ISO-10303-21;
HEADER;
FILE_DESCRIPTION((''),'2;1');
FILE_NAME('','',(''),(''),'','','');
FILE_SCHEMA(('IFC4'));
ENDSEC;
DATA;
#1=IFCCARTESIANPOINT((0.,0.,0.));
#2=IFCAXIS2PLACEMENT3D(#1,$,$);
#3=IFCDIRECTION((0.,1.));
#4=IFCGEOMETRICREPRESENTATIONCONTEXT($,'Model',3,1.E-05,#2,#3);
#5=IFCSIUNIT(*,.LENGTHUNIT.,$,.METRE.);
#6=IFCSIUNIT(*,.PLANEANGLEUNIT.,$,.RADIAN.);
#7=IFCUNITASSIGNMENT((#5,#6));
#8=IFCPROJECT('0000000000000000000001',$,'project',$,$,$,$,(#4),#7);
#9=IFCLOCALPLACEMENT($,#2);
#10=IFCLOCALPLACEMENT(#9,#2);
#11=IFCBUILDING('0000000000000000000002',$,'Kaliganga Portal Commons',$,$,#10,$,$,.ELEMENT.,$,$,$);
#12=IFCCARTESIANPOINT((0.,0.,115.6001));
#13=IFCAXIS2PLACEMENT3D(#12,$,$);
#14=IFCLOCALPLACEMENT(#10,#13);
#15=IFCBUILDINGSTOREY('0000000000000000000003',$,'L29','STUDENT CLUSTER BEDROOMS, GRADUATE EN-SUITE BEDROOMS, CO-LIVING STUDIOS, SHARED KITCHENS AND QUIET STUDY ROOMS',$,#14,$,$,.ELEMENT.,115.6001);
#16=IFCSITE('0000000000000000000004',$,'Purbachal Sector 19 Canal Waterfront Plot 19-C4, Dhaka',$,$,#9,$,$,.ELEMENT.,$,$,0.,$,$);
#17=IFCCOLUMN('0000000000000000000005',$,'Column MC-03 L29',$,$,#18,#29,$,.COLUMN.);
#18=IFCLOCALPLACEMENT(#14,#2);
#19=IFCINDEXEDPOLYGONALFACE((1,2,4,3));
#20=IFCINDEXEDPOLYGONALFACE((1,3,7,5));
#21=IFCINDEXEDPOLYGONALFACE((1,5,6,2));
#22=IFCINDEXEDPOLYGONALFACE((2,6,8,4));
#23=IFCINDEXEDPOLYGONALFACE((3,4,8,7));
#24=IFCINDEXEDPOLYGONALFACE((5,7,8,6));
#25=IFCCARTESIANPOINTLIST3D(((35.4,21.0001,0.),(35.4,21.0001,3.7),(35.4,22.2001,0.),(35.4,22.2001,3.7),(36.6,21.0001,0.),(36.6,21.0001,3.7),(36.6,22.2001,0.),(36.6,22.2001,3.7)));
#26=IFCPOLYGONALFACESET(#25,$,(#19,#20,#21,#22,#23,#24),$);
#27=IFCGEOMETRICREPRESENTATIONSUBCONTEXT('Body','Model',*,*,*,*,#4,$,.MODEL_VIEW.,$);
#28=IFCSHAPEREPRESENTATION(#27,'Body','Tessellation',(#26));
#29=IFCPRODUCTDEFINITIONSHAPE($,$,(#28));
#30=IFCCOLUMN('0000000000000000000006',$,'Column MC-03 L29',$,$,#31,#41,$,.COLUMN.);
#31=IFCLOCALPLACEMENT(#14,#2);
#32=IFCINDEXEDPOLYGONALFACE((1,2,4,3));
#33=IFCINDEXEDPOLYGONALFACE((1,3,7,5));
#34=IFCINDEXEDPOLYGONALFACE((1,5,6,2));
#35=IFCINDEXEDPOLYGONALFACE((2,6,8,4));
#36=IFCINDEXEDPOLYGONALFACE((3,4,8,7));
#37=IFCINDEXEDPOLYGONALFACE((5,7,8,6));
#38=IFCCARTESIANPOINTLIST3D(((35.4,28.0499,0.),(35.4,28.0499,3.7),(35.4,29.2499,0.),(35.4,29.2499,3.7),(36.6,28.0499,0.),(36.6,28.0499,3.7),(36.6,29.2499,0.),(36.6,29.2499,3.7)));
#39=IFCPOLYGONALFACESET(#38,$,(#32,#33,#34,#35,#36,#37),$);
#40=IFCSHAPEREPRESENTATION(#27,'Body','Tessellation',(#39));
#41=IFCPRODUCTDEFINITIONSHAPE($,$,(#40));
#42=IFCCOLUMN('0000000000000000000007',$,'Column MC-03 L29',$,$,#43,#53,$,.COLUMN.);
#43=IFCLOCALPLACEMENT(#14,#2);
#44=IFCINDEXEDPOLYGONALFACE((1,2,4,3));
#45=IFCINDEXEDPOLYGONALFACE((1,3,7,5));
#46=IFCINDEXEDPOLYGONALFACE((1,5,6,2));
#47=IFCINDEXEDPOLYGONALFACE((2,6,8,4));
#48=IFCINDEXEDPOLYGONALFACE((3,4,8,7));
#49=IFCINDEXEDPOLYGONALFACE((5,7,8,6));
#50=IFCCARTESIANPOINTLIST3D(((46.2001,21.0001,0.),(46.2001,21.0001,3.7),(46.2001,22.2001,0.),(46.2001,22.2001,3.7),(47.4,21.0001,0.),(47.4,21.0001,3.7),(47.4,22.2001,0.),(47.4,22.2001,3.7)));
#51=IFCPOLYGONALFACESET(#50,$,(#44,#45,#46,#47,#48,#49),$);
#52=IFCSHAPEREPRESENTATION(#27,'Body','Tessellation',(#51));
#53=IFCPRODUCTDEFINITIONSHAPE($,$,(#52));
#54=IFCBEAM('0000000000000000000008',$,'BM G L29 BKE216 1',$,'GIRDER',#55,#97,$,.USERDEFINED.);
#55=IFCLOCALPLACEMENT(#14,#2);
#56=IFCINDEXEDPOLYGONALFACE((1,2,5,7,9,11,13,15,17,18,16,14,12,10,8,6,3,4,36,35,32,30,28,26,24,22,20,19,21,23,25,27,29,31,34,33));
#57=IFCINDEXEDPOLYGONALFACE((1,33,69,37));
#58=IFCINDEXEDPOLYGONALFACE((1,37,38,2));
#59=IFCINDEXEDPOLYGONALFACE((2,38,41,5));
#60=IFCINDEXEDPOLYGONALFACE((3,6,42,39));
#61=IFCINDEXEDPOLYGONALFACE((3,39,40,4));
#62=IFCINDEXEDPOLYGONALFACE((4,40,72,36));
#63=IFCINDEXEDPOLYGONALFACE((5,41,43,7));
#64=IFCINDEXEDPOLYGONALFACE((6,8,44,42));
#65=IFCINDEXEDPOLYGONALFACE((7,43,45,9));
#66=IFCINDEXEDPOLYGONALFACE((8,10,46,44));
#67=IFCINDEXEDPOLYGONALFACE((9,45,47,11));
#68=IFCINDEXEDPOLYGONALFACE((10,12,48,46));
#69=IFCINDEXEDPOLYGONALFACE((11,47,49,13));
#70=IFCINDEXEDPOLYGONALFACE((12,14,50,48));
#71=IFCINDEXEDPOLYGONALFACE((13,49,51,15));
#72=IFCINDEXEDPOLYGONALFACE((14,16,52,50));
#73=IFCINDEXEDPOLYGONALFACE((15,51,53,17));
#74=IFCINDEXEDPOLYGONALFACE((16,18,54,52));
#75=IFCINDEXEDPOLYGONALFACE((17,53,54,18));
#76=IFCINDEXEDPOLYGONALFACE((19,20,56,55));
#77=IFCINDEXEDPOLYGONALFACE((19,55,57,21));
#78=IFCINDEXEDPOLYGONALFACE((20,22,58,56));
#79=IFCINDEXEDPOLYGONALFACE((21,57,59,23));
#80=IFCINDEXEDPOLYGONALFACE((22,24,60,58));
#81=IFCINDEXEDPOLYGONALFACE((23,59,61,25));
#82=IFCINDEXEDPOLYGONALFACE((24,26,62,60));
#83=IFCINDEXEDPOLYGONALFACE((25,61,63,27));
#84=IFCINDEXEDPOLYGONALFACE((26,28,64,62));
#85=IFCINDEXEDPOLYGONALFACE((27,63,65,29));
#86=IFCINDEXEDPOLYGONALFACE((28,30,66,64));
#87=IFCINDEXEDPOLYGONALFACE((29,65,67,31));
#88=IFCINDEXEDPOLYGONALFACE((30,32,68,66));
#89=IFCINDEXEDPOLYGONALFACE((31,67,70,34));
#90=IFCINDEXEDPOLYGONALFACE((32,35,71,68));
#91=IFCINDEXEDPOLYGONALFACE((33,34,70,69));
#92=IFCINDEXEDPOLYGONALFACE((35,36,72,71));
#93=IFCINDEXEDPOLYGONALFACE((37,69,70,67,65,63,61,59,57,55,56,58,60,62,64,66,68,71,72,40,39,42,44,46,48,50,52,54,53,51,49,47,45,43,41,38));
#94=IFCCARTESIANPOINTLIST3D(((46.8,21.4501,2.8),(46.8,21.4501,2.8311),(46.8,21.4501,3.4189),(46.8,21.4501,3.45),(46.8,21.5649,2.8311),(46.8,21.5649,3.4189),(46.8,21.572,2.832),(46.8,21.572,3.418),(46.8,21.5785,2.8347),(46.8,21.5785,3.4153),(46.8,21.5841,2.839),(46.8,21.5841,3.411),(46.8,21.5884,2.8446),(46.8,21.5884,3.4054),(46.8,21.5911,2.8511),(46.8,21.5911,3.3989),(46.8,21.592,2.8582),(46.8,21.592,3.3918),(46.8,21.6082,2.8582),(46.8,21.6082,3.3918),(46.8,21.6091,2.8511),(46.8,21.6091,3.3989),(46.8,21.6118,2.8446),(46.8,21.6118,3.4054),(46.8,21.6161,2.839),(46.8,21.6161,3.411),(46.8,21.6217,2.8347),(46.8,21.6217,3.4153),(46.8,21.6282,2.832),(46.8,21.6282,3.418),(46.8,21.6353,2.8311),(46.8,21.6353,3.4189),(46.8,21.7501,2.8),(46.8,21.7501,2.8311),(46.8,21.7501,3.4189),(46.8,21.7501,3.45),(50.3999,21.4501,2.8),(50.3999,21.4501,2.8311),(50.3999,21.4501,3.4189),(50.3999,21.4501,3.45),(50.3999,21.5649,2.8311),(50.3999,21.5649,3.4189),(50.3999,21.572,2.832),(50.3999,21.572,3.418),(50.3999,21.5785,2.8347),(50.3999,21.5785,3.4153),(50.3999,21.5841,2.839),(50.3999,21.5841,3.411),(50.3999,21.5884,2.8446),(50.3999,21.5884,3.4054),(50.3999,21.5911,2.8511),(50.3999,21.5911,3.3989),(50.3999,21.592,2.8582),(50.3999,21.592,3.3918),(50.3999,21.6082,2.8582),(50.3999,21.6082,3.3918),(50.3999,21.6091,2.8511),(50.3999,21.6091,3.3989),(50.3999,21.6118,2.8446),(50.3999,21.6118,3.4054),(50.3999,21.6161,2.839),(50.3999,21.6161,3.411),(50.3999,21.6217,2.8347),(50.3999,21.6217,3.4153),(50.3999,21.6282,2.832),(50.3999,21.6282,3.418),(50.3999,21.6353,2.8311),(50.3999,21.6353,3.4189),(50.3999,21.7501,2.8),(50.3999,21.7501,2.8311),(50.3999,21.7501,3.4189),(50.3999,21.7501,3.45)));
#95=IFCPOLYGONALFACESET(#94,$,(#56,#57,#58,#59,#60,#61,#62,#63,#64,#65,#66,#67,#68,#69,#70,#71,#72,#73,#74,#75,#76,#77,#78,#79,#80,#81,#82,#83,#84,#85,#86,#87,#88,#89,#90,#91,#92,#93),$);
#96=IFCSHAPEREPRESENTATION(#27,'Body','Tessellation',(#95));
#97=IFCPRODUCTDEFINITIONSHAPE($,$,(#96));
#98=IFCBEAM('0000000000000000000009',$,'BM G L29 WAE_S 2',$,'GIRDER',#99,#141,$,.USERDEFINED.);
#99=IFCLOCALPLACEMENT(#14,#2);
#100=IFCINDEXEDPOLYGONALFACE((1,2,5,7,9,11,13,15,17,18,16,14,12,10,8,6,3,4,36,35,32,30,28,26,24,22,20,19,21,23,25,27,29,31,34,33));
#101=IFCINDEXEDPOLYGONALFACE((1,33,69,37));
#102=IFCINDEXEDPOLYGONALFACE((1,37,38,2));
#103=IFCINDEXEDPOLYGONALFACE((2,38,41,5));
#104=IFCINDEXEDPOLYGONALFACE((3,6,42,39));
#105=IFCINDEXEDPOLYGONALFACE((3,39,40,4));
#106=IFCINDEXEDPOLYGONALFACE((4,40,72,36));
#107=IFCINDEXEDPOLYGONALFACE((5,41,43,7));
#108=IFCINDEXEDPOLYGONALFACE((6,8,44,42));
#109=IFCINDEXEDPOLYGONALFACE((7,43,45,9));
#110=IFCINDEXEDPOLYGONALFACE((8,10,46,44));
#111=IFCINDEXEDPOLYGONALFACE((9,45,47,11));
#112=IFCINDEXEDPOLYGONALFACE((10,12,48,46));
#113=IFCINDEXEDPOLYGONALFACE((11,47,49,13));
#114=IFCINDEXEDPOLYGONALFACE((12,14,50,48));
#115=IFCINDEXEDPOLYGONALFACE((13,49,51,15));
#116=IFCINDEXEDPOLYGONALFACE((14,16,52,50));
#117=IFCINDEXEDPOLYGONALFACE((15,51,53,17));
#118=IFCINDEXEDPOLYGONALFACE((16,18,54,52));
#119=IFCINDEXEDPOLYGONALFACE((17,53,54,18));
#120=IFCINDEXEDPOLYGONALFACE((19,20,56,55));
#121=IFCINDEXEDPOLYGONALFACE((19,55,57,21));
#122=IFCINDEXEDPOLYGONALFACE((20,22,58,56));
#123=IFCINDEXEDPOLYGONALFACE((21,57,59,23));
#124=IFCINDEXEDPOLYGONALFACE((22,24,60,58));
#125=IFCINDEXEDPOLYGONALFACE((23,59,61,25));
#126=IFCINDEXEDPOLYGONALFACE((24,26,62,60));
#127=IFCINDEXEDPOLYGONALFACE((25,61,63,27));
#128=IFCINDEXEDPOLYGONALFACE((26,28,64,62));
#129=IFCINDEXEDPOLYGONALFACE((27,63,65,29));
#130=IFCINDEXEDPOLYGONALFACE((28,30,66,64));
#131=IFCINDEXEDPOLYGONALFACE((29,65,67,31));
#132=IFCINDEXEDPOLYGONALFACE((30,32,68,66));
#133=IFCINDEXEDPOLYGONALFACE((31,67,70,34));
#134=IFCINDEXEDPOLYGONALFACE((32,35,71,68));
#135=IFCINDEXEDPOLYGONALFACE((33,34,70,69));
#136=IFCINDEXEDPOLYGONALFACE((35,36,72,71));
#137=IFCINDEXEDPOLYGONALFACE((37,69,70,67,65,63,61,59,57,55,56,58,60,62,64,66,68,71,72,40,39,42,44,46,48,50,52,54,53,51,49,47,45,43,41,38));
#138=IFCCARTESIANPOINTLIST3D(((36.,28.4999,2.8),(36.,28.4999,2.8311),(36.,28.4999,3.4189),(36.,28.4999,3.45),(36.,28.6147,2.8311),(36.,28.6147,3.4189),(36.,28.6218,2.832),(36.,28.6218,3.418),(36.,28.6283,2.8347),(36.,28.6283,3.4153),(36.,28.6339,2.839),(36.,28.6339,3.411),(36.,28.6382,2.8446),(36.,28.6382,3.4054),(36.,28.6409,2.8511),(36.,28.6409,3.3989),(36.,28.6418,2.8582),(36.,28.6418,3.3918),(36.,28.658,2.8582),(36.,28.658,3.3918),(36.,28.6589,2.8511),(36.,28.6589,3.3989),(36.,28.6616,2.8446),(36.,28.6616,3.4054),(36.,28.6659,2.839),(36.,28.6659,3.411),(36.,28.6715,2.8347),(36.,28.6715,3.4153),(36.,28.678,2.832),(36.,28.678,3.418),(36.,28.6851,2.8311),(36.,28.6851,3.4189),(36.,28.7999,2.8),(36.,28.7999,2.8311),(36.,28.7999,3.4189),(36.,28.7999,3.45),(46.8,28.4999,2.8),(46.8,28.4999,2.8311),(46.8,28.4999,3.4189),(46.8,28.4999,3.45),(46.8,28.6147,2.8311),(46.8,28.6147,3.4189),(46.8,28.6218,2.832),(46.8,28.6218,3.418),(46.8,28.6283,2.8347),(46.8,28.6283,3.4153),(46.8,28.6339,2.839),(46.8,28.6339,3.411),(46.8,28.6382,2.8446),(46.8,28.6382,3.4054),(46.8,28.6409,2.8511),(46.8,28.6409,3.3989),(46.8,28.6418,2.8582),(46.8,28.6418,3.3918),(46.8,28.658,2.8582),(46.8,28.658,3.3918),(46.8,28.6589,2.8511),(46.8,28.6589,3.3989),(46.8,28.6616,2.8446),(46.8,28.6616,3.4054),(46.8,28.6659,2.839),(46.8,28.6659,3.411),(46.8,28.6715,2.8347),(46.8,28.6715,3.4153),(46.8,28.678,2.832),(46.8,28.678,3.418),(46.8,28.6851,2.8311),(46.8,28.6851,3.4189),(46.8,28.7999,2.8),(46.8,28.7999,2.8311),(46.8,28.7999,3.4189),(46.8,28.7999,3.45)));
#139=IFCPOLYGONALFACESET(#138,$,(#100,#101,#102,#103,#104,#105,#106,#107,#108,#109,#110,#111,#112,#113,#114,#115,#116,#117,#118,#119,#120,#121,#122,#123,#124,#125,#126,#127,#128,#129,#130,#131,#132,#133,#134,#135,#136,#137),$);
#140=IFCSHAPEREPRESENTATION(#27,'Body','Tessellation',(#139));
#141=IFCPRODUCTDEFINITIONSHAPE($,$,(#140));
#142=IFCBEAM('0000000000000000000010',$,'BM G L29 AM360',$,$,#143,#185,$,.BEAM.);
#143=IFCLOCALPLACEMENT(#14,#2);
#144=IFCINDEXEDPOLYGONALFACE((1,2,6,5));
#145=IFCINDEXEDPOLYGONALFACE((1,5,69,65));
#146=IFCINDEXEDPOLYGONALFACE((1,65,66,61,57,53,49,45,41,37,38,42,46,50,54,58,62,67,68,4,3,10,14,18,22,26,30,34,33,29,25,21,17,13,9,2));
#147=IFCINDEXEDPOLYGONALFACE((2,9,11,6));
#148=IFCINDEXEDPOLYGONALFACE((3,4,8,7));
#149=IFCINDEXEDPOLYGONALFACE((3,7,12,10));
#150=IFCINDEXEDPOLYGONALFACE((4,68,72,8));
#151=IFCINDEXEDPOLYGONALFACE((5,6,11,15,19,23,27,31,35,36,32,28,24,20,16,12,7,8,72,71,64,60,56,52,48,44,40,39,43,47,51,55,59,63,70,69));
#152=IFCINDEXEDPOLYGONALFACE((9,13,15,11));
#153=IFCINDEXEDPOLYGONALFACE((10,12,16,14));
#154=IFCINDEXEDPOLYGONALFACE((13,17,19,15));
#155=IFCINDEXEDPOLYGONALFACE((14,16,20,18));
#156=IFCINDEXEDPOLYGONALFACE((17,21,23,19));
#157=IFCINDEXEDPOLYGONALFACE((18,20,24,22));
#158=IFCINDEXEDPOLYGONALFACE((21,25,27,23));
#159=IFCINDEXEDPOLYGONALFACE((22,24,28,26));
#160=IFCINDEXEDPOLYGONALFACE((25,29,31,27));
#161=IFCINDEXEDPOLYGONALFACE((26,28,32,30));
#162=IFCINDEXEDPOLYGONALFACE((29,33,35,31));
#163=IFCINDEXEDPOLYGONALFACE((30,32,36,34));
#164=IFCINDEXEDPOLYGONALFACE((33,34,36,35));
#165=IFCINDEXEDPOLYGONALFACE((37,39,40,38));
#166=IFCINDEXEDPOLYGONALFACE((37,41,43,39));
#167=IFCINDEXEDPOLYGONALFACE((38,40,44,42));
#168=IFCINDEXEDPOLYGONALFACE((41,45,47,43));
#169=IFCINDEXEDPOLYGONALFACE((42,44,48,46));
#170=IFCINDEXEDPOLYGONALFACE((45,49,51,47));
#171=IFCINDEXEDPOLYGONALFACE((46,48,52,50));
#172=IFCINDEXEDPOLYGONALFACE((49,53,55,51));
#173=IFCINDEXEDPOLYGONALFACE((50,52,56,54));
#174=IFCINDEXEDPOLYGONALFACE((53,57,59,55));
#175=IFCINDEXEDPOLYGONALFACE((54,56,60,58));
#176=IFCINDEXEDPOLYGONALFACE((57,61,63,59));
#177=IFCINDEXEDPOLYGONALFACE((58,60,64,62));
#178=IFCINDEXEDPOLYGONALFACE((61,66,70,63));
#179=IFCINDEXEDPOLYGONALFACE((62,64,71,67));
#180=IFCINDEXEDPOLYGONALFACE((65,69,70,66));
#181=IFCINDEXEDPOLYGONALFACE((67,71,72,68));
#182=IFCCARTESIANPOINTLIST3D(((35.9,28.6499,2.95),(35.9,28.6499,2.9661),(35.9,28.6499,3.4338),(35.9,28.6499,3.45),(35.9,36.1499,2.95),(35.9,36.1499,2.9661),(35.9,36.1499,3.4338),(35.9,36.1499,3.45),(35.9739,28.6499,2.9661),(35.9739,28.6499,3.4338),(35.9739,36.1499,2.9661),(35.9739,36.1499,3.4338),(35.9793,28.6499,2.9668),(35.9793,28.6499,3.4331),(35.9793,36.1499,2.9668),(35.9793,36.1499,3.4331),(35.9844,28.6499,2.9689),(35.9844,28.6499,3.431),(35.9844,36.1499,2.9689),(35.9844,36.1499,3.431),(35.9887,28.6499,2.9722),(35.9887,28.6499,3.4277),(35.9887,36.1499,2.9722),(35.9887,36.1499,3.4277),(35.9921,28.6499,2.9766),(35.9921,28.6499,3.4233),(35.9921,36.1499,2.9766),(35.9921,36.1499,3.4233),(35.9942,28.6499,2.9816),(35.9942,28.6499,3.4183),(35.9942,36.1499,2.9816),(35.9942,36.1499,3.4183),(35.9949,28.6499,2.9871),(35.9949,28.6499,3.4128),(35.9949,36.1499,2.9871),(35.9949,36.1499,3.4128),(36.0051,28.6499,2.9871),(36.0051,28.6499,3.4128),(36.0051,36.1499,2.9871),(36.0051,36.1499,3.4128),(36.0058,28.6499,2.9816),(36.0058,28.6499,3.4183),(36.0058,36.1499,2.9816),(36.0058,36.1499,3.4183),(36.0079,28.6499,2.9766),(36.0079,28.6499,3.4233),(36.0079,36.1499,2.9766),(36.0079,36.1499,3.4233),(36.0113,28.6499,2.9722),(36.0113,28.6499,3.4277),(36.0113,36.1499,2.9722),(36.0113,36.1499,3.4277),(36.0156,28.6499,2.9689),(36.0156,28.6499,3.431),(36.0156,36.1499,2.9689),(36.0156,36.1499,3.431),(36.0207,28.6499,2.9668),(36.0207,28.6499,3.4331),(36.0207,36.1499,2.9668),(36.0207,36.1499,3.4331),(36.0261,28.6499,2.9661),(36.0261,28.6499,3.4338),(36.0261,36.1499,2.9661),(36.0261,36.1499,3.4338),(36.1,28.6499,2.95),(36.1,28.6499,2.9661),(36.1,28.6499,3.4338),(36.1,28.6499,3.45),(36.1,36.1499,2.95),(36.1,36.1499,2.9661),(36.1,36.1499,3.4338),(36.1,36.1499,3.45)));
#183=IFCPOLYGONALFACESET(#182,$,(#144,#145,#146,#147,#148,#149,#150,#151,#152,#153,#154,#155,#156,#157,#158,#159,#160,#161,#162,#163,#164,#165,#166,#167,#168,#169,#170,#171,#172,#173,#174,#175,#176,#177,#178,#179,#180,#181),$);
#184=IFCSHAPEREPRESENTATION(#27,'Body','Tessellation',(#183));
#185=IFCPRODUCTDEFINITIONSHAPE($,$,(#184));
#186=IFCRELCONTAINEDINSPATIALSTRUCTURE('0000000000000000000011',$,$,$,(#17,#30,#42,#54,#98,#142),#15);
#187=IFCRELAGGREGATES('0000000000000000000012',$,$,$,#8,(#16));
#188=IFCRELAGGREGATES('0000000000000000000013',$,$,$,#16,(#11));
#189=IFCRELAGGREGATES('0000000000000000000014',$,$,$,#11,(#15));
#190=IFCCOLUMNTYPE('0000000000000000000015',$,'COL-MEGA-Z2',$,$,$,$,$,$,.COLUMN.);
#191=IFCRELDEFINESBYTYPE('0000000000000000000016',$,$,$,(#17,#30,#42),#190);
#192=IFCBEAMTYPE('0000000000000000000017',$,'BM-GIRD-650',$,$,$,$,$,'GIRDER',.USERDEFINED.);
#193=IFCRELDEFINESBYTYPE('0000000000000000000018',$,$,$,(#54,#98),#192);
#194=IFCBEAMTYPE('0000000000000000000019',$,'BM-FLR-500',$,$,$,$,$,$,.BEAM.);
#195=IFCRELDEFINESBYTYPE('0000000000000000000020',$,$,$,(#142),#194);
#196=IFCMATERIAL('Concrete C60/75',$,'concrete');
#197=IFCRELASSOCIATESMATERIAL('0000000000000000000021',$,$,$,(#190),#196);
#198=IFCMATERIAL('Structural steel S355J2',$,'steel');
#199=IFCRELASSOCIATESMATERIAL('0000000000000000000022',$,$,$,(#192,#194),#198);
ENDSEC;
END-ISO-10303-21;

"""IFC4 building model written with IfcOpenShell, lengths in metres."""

from ifc_helpers import new_model, si_unit, direction, frame, origin, origin_2d, place, context, subcontext, project, spatial, rectangle, i_section, extrude, source, transform, mapped, material, material_profile, profile_set, type_object, element, save


model = new_model("IFC4")

# Units and contexts
model_context = context("Model", 3, precision=1e-05, world=origin(), true_north=direction((0.0, 1.0)))
body_context = subcontext(model_context, "Body", "Model", "MODEL_VIEW")
ifc_project = project(units=[si_unit("LENGTHUNIT", "METRE"), si_unit("PLANEANGLEUNIT", "RADIAN")], contexts=[model_context])

# Site, building, storey
site_placement = place(None, origin())
site = spatial("IfcSite", under=ifc_project, at=site_placement, Name="Purbachal Sector 19 Canal Waterfront Plot 19-C4, Dhaka", CompositionType="ELEMENT", RefElevation=0.0)
building_placement = place(site_placement, origin())
building = spatial("IfcBuilding", under=site, at=building_placement, Name="Kaliganga Portal Commons", CompositionType="ELEMENT")
storey_placement = place(building_placement, frame((0.0, 0.0, 115.6001)))
storey = spatial("IfcBuildingStorey", under=building, at=storey_placement, Name="L29", Description="STUDENT CLUSTER BEDROOMS, GRADUATE EN-SUITE BEDROOMS, CO-LIVING STUDIOS, SHARED KITCHENS AND QUIET STUDY ROOMS", CompositionType="ELEMENT", Elevation=115.6001)

# Columns
ifc_material_1 = material(Name="Concrete C60/75", Category="concrete")
ifc_material_profile_1 = material_profile(ifc_material_1, rectangle(XDim=1.2, YDim=1.2, at=origin_2d()), Name="RC 1200x1200")
ifc_profile_set_1 = profile_set([ifc_material_profile_1], Name="Concrete C60/75")
column_type = type_object("IfcColumnType", Name="COL-MEGA-Z2", PredefinedType="COLUMN", material=ifc_profile_set_1)
shared_shape_1 = source(origin(), body_context, "Body", "SweptSolid", [
    extrude(rectangle(XDim=1.2, YDim=1.2, at=origin_2d()), origin(), (0.0, 0.0, 1.0), 3.7),
])
for number, where, z_axis, x_axis, name in (
    (1, (36.0, 21.6001, 0.0), (0.0, 0.0, 1.0), (1.0, 0.0, 0.0), "Column MC-03 L29"),
    (2, (36.0, 28.6499, 0.0), (0.0, 0.0, 1.0), (1.0, 0.0, 0.0), "Column MC-03 L29"),
    (3, (46.8, 21.6001, 0.0), (0.0, 0.0, 1.0), (1.0, 0.0, 0.0), "Column MC-03 L29"),
):
    element("IfcColumn", number, at=place(storey_placement, frame(where, z_axis=z_axis, x_axis=x_axis)), inside=storey, type_object=column_type, Name=name, PredefinedType="COLUMN", context=body_context, shape_type="MappedRepresentation", body=[
        mapped(shared_shape_1, transform((0.0, 0.0, 0.0), x_axis=(1.0, 0.0, 0.0), y_axis=(0.0, 1.0, 0.0), z_axis=(0.0, 0.0, 1.0), scale=1.0)),
    ])

# Beams
ifc_material_2 = material(Name="Structural steel S355J2", Category="steel")
ifc_material_profile_2 = material_profile(ifc_material_2, i_section(OverallWidth=0.3, OverallDepth=0.6499, WebThickness=0.0161, FlangeThickness=0.031, FilletRadius=0.0271, at=origin_2d()), Name="HE 650 B")
ifc_profile_set_2 = profile_set([ifc_material_profile_2], Name="Structural steel S355J2 wide-flange")
beam_type_1 = type_object("IfcBeamType", Name="BM-GIRD-650", ElementType="GIRDER", PredefinedType="USERDEFINED", material=ifc_profile_set_2)
shared_shape_2 = source(origin(), body_context, "Body", "SweptSolid", [
    extrude(i_section(OverallWidth=0.3, OverallDepth=0.6499, WebThickness=0.0161, FlangeThickness=0.031, FilletRadius=0.0271, at=origin_2d()), origin(), (0.0, 0.0, 1.0), 3.5999),
])
beam_1_placement = place(storey_placement, frame((46.8, 21.6001, 3.125), z_axis=(1.0, 0.0, 0.0), x_axis=(0.0, 1.0, 0.0)))
element("IfcBeam", 4, at=beam_1_placement, inside=storey, type_object=beam_type_1, Name="BM G L29 BKE216 1", ObjectType="GIRDER", PredefinedType="USERDEFINED", context=body_context, shape_type="MappedRepresentation", body=[
    mapped(shared_shape_2, transform((0.0, 0.0, 0.0), x_axis=(1.0, 0.0, 0.0), y_axis=(0.0, 1.0, 0.0), z_axis=(0.0, 0.0, 1.0), scale=1.0)),
])
shared_shape_3 = source(origin(), body_context, "Body", "SweptSolid", [
    extrude(i_section(OverallWidth=0.3, OverallDepth=0.6499, WebThickness=0.0161, FlangeThickness=0.031, FilletRadius=0.0271, at=origin_2d()), origin(), (0.0, 0.0, 1.0), 10.8),
])
beam_2_placement = place(storey_placement, frame((36.0, 28.6499, 3.125), z_axis=(1.0, 0.0, 0.0), x_axis=(0.0, 1.0, 0.0)))
element("IfcBeam", 5, at=beam_2_placement, inside=storey, type_object=beam_type_1, Name="BM G L29 WAE_S 2", ObjectType="GIRDER", PredefinedType="USERDEFINED", context=body_context, shape_type="MappedRepresentation", body=[
    mapped(shared_shape_3, transform((0.0, 0.0, 0.0), x_axis=(1.0, 0.0, 0.0), y_axis=(0.0, 1.0, 0.0), z_axis=(0.0, 0.0, 1.0), scale=1.0)),
])
ifc_material_profile_3 = material_profile(ifc_material_2, i_section(OverallWidth=0.2, OverallDepth=0.5, WebThickness=0.0103, FlangeThickness=0.0161, FilletRadius=0.021, at=origin_2d()), Name="IPE 500")
ifc_profile_set_3 = profile_set([ifc_material_profile_3], Name="Structural steel S355J2 wide-flange")
beam_type_2 = type_object("IfcBeamType", Name="BM-FLR-500", PredefinedType="BEAM", material=ifc_profile_set_3)
shared_shape_4 = source(origin(), body_context, "Body", "SweptSolid", [
    extrude(i_section(OverallWidth=0.2, OverallDepth=0.5, WebThickness=0.0103, FlangeThickness=0.0161, FilletRadius=0.021, at=origin_2d()), origin(), (0.0, 0.0, 1.0), 7.5),
])
beam_3_placement = place(storey_placement, frame((36.0, 28.6499, 3.2), z_axis=(0.0, 1.0, 0.0), x_axis=(-1.0, 0.0, 0.0)))
element("IfcBeam", 6, at=beam_3_placement, inside=storey, type_object=beam_type_2, Name="BM G L29 AM360", PredefinedType="BEAM", context=body_context, shape_type="MappedRepresentation", body=[
    mapped(shared_shape_4, transform((0.0, 0.0, 0.0), x_axis=(1.0, 0.0, 0.0), y_axis=(0.0, 1.0, 0.0), z_axis=(0.0, 0.0, 1.0), scale=1.0)),
])

save(model, "model.ifc")
